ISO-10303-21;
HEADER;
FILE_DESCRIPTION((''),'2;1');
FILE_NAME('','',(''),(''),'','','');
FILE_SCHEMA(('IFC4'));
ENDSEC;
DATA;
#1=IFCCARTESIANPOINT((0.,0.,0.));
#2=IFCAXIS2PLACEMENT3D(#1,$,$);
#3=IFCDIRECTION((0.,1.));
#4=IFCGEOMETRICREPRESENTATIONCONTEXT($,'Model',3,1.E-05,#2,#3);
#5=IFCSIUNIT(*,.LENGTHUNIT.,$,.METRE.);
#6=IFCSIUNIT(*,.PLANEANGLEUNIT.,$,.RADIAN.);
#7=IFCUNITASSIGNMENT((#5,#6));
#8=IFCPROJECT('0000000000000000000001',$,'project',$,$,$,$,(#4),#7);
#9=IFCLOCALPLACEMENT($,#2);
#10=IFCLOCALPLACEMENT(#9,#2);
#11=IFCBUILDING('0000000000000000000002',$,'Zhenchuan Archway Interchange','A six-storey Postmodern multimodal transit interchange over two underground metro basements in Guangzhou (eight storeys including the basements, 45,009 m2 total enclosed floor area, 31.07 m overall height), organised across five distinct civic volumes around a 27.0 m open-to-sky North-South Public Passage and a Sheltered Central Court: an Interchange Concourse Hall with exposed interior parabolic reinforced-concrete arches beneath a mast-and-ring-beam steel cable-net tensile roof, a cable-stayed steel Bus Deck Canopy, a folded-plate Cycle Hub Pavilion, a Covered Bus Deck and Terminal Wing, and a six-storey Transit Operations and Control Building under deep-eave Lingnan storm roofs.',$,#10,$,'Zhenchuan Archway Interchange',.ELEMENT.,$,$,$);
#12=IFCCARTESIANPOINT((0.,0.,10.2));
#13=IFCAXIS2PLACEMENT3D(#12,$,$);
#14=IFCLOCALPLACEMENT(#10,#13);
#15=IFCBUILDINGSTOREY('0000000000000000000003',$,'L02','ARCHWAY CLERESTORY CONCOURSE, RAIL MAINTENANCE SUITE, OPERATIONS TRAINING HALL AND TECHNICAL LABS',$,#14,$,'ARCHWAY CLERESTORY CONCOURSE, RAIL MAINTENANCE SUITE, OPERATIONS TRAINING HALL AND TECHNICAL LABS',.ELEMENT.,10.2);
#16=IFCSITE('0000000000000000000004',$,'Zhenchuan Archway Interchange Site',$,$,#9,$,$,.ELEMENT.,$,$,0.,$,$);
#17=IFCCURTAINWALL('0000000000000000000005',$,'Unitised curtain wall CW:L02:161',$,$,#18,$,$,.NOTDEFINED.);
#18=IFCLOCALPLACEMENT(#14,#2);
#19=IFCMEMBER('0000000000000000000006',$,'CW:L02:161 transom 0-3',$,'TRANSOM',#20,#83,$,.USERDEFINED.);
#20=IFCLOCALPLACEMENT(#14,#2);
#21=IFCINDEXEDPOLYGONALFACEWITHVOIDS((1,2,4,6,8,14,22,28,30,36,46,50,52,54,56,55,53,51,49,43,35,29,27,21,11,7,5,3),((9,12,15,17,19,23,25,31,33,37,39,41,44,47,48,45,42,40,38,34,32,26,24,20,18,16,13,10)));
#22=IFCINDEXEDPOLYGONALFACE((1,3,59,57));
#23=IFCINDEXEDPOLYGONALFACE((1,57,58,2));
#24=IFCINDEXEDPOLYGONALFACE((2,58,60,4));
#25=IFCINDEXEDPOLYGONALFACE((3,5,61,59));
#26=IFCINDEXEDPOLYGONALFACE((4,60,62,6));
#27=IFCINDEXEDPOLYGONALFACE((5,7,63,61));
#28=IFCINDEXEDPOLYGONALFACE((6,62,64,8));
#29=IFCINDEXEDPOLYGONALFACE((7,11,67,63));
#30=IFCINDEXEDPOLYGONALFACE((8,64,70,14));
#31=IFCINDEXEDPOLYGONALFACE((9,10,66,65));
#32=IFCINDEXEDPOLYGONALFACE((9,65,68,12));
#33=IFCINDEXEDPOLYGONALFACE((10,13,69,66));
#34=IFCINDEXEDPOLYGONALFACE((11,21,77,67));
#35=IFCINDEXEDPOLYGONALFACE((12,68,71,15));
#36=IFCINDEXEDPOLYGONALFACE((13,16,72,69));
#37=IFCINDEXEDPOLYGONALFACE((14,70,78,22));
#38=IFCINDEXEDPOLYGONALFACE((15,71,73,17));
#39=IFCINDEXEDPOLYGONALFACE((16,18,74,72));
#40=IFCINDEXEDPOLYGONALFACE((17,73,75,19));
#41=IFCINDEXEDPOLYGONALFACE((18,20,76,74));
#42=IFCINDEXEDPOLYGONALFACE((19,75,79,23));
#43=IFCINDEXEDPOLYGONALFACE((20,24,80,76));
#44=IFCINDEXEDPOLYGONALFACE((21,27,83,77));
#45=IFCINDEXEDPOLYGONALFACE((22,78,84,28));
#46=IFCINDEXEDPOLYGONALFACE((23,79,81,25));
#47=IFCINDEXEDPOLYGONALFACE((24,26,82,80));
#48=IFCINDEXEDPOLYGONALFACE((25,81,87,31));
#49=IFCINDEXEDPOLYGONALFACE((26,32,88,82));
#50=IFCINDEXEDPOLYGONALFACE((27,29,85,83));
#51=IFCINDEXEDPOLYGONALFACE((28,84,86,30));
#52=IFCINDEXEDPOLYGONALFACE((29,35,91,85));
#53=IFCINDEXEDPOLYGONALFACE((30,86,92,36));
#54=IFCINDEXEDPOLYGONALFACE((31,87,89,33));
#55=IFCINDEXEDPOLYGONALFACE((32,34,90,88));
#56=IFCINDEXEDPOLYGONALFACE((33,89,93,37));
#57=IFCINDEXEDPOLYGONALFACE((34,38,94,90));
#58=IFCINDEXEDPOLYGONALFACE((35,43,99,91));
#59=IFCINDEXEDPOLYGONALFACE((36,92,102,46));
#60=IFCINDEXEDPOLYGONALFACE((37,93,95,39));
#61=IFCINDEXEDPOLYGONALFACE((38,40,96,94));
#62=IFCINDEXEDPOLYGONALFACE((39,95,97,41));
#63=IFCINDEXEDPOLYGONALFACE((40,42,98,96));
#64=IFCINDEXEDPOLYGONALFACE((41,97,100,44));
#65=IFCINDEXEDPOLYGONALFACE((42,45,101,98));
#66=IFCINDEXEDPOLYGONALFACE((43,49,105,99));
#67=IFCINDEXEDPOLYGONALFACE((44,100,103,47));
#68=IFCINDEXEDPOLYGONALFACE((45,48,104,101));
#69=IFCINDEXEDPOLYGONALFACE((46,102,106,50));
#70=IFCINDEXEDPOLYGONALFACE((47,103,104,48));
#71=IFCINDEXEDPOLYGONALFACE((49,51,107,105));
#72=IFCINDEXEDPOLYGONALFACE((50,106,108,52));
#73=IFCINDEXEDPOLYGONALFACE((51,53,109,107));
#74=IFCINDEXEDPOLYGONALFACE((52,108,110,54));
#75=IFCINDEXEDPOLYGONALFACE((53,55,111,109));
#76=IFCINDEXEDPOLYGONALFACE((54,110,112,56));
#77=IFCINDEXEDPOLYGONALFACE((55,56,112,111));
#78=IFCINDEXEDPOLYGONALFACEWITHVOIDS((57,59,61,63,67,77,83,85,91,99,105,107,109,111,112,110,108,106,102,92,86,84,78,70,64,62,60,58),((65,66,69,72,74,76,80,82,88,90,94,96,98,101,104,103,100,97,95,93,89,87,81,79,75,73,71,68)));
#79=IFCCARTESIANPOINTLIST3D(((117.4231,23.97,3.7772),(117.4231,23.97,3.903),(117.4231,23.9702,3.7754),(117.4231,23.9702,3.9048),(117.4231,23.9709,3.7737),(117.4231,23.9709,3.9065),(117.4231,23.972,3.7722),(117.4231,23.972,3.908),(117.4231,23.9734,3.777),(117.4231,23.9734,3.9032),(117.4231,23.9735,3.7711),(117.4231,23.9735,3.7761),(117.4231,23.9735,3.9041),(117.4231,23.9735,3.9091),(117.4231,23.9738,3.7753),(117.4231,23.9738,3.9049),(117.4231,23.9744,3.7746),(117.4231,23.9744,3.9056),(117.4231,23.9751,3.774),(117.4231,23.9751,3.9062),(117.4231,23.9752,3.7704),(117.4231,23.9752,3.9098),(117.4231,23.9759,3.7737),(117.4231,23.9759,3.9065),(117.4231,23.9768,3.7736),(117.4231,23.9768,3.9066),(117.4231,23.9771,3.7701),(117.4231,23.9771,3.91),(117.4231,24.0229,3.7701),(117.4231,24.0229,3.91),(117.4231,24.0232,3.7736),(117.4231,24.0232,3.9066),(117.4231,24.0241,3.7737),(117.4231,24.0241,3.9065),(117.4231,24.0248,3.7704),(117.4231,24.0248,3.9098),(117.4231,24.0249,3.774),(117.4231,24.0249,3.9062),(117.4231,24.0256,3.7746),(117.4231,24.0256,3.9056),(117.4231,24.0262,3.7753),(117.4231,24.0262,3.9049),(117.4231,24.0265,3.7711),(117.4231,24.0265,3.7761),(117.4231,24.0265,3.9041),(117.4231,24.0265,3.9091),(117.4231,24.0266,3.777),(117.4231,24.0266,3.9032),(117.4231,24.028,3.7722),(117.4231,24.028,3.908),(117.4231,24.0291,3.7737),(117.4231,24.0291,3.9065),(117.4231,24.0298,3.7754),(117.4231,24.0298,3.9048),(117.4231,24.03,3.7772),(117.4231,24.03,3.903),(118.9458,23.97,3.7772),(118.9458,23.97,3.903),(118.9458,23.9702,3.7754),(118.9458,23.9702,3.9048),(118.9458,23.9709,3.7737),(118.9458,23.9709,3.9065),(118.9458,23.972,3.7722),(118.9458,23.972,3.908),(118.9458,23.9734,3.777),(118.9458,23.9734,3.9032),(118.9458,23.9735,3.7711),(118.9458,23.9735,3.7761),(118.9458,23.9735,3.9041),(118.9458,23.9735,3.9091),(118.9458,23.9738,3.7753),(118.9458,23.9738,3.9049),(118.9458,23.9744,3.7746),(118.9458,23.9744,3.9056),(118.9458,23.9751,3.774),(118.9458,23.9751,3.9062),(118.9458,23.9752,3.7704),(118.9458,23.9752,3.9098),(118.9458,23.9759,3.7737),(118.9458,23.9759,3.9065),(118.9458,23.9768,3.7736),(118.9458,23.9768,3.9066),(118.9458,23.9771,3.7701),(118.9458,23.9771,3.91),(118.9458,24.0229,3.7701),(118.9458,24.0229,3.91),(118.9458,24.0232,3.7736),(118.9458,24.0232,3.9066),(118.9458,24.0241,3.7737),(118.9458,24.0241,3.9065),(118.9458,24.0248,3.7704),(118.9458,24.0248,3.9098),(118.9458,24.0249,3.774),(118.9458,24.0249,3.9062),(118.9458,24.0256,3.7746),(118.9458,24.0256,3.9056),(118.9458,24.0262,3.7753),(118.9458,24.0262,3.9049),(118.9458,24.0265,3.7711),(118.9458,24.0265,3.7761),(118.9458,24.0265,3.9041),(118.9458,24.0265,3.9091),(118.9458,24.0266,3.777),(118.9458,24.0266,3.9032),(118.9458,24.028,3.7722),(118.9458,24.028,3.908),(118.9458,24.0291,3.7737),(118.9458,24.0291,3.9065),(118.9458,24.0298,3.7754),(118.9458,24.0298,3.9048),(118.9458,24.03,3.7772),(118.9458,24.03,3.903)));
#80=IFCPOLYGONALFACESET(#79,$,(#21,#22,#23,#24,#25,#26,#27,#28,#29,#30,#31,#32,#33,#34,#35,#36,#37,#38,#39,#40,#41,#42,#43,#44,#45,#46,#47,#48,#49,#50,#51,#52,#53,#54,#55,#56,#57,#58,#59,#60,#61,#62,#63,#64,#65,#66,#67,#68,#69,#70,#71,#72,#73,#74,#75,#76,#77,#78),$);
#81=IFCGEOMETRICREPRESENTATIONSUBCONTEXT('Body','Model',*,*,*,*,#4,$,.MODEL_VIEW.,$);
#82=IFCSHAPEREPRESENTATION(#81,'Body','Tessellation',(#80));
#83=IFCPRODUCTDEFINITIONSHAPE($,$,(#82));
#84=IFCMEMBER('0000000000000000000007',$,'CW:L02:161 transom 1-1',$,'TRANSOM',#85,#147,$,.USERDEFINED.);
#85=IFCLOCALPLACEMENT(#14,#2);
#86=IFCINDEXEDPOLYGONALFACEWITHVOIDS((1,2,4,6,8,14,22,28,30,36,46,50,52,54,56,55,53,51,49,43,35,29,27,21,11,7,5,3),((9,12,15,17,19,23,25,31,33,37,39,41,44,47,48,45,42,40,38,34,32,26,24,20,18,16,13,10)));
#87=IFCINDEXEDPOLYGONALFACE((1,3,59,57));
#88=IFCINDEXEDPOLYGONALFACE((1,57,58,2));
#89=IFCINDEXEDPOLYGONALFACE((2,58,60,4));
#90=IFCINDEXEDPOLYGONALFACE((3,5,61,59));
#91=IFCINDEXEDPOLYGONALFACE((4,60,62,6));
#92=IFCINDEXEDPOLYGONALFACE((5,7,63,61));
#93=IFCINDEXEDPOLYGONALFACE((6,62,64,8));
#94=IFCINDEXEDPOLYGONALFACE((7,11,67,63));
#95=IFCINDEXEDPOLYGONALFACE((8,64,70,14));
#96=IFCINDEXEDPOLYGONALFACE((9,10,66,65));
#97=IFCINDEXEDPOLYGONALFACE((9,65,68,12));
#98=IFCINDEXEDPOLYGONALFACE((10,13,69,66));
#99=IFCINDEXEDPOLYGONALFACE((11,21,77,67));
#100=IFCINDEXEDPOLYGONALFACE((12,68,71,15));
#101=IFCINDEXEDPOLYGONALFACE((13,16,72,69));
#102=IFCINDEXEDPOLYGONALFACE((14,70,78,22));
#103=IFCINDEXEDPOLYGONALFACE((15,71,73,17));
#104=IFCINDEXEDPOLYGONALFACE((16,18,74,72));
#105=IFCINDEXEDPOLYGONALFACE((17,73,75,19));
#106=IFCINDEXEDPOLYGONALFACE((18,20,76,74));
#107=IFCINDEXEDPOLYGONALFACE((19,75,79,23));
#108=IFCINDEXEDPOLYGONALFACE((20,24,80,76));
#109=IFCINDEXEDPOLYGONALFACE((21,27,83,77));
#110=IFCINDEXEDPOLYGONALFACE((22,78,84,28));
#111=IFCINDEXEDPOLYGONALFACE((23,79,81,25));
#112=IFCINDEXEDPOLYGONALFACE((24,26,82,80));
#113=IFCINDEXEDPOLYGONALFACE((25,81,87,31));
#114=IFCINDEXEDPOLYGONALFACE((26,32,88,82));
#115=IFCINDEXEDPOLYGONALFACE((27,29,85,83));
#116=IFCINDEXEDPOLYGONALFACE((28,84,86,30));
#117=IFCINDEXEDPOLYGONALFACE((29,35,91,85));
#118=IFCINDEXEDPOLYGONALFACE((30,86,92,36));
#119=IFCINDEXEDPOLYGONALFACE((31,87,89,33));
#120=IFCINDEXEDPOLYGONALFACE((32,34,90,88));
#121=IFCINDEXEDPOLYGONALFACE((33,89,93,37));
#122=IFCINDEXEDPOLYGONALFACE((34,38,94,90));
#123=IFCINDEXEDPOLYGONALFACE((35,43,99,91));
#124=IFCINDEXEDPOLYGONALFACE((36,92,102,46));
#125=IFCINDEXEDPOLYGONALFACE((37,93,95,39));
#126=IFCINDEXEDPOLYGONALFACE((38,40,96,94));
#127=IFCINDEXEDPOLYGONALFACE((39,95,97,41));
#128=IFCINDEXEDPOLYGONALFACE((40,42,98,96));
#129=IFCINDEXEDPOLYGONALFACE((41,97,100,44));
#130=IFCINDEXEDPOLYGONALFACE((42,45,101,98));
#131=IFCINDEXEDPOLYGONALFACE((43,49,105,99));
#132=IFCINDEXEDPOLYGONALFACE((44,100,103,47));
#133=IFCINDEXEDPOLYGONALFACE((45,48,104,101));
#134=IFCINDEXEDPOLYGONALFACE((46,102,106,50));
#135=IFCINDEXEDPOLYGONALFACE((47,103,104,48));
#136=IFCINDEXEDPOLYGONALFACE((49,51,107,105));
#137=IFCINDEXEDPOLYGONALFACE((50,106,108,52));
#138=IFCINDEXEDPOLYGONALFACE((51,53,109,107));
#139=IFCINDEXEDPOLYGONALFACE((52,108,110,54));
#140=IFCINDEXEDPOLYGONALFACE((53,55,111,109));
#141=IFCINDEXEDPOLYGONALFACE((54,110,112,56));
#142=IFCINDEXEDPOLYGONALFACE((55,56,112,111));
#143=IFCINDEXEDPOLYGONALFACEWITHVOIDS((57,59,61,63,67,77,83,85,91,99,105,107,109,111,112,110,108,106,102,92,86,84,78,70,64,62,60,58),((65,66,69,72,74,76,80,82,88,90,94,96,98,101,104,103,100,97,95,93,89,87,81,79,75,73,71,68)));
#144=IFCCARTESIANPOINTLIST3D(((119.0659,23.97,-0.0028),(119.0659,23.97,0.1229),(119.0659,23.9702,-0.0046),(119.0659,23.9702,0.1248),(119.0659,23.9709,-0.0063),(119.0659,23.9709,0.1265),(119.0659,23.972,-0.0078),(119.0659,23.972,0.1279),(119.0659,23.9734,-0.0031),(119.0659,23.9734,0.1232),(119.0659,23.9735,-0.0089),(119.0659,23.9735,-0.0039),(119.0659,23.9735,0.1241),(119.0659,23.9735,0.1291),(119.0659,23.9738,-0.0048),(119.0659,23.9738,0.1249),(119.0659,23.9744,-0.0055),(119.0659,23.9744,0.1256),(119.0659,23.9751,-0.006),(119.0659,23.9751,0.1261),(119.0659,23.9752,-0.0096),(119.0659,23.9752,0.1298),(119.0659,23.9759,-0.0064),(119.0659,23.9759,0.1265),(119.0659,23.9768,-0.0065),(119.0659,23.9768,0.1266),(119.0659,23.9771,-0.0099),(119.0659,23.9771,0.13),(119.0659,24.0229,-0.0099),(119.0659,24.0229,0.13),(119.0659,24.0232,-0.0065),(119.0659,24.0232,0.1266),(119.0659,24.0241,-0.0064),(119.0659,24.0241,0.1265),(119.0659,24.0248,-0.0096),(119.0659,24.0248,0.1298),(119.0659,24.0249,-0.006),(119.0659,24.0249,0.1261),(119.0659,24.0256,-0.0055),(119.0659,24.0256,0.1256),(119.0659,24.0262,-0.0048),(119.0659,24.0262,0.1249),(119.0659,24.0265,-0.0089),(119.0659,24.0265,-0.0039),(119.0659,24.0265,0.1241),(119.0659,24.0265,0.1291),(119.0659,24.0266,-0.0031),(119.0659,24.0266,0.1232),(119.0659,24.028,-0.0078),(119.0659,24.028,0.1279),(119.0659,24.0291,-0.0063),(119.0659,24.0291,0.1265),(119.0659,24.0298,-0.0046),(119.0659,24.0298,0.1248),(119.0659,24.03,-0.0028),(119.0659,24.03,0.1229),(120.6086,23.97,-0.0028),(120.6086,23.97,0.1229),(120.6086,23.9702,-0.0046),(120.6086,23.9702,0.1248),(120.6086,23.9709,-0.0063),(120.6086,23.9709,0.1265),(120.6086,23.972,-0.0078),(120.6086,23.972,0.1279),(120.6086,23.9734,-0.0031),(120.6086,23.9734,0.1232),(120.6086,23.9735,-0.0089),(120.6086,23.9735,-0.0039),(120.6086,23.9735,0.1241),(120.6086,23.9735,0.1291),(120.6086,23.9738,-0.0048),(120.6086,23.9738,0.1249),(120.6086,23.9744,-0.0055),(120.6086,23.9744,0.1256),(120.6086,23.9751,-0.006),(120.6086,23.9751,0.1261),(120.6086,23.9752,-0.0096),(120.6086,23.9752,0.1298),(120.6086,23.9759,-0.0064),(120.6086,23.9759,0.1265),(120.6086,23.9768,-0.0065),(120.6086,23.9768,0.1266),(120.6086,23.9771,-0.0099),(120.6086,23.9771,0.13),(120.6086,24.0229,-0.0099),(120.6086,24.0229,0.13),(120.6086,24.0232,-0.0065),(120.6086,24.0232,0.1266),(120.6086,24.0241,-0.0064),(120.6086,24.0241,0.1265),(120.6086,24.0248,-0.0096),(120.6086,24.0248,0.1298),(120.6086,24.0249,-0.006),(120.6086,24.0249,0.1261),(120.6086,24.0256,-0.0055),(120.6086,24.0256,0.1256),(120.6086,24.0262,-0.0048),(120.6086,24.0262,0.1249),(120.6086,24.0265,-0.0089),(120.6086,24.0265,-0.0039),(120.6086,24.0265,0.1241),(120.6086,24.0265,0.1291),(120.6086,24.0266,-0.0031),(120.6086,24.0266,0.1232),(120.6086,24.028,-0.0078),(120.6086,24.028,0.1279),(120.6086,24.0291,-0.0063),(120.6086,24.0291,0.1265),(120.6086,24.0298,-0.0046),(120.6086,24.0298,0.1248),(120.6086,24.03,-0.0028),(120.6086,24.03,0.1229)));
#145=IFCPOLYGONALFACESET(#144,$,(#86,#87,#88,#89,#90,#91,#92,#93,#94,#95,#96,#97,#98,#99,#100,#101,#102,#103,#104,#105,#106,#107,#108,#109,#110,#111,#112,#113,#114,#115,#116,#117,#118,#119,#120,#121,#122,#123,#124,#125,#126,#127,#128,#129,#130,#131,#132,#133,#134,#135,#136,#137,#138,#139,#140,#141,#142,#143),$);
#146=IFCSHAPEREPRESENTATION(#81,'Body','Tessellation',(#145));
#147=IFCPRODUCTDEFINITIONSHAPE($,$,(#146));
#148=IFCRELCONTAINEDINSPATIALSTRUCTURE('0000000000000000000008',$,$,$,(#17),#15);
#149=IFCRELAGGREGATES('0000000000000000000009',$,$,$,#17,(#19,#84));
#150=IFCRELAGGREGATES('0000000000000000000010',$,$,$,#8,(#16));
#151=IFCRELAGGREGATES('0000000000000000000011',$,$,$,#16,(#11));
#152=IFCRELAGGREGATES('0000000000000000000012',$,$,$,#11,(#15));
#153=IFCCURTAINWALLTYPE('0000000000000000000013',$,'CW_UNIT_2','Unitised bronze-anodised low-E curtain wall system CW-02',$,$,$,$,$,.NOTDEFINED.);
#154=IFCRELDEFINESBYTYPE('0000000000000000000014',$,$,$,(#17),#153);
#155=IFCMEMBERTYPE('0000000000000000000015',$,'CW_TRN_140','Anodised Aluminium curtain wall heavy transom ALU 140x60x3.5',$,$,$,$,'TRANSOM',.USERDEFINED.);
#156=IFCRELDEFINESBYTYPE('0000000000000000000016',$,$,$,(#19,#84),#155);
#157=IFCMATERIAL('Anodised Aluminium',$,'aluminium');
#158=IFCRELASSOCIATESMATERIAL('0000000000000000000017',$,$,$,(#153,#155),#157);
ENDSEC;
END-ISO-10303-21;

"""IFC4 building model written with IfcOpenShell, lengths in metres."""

from ifc_helpers import new_model, si_unit, direction, frame, origin, origin_2d, place, context, subcontext, project, spatial, hollow_rectangle, extrude, material, material_profile, profile_set, type_object, element, aggregate, save


model = new_model("IFC4")

# Units and contexts
model_context = context("Model", 3, precision=1e-05, world=origin(), true_north=direction((0.0, 1.0)))
body_context = subcontext(model_context, "Body", "Model", "MODEL_VIEW")
ifc_project = project(units=[si_unit("LENGTHUNIT", "METRE"), si_unit("PLANEANGLEUNIT", "RADIAN")], contexts=[model_context])

# Site, building, storey
site_placement = place(None, origin())
site = spatial("IfcSite", under=ifc_project, at=site_placement, Name="Zhenchuan Archway Interchange Site", CompositionType="ELEMENT", RefElevation=0.0)
building_placement = place(site_placement, origin())
building = spatial("IfcBuilding", under=site, at=building_placement, Name="Zhenchuan Archway Interchange", Description="A six-storey Postmodern multimodal transit interchange over two underground metro basements in Guangzhou (eight storeys including the basements, 45,009 m2 total enclosed floor area, 31.07 m overall height), organised across five distinct civic volumes around a 27.0 m open-to-sky North-South Public Passage and a Sheltered Central Court: an Interchange Concourse Hall with exposed interior parabolic reinforced-concrete arches beneath a mast-and-ring-beam steel cable-net tensile roof, a cable-stayed steel Bus Deck Canopy, a folded-plate Cycle Hub Pavilion, a Covered Bus Deck and Terminal Wing, and a six-storey Transit Operations and Control Building under deep-eave Lingnan storm roofs.", LongName="Zhenchuan Archway Interchange", CompositionType="ELEMENT")
storey_placement = place(building_placement, frame((0.0, 0.0, 10.2)))
storey = spatial("IfcBuildingStorey", under=building, at=storey_placement, Name="L02", Description="ARCHWAY CLERESTORY CONCOURSE, RAIL MAINTENANCE SUITE, OPERATIONS TRAINING HALL AND TECHNICAL LABS", LongName="ARCHWAY CLERESTORY CONCOURSE, RAIL MAINTENANCE SUITE, OPERATIONS TRAINING HALL AND TECHNICAL LABS", CompositionType="ELEMENT", Elevation=10.2)

# Curtain wall, members
ifc_material_1 = material(Name="Anodised Aluminium", Category="aluminium")
curtain_wall_type = type_object("IfcCurtainWallType", Name="CW_UNIT_2", Description="Unitised bronze-anodised low-E curtain wall system CW-02", PredefinedType="NOTDEFINED", material=ifc_material_1)
curtain_wall_placement = place(storey_placement, origin())
curtain_wall = element("IfcCurtainWall", 1, at=curtain_wall_placement, inside=storey, type_object=curtain_wall_type, Name="Unitised curtain wall CW:L02:161", PredefinedType="NOTDEFINED")
ifc_material_profile_1 = material_profile(ifc_material_1, hollow_rectangle(XDim=0.0601, YDim=0.1399, WallThickness=0.0034, InnerFilletRadius=0.0034, OuterFilletRadius=0.0071, at=origin_2d()), Name="ALU 140x60x3.5")
ifc_profile_set_1 = profile_set([ifc_material_profile_1], Name="Anodised Aluminium")
member_type_1 = type_object("IfcMemberType", Name="CW_TRN_140", Description="Anodised Aluminium curtain wall heavy transom ALU 140x60x3.5", ElementType="TRANSOM", PredefinedType="USERDEFINED", material=ifc_profile_set_1)
member_1_placement = place(storey_placement, frame((117.4231, 24.0, 3.8401), z_axis=(1.0, 0.0, 0.0), x_axis=(0.0, 1.0, 0.0)))
member_1 = element("IfcMember", 2, at=member_1_placement, type_object=member_type_1, Name="CW:L02:161 transom 0-3", ObjectType="TRANSOM", PredefinedType="USERDEFINED", context=body_context, shape_type="SweptSolid", body=[
    extrude(hollow_rectangle(XDim=0.0601, YDim=0.1399, WallThickness=0.0034, InnerFilletRadius=0.0034, OuterFilletRadius=0.0071, at=origin_2d()), origin(), (0.0, 0.0, 1.0), 1.5227),
])
member_2_placement = place(storey_placement, frame((119.0659, 24.0, 0.0601), z_axis=(1.0, 0.0, 0.0), x_axis=(0.0, 1.0, 0.0)))
member_2 = element("IfcMember", 3, at=member_2_placement, type_object=member_type_1, Name="CW:L02:161 transom 1-1", ObjectType="TRANSOM", PredefinedType="USERDEFINED", context=body_context, shape_type="SweptSolid", body=[
    extrude(hollow_rectangle(XDim=0.0601, YDim=0.1399, WallThickness=0.0034, InnerFilletRadius=0.0034, OuterFilletRadius=0.0071, at=origin_2d()), origin(), (0.0, 0.0, 1.0), 1.5427),
])

aggregate(curtain_wall, [member_1, member_2])

save(model, "model.ifc")
